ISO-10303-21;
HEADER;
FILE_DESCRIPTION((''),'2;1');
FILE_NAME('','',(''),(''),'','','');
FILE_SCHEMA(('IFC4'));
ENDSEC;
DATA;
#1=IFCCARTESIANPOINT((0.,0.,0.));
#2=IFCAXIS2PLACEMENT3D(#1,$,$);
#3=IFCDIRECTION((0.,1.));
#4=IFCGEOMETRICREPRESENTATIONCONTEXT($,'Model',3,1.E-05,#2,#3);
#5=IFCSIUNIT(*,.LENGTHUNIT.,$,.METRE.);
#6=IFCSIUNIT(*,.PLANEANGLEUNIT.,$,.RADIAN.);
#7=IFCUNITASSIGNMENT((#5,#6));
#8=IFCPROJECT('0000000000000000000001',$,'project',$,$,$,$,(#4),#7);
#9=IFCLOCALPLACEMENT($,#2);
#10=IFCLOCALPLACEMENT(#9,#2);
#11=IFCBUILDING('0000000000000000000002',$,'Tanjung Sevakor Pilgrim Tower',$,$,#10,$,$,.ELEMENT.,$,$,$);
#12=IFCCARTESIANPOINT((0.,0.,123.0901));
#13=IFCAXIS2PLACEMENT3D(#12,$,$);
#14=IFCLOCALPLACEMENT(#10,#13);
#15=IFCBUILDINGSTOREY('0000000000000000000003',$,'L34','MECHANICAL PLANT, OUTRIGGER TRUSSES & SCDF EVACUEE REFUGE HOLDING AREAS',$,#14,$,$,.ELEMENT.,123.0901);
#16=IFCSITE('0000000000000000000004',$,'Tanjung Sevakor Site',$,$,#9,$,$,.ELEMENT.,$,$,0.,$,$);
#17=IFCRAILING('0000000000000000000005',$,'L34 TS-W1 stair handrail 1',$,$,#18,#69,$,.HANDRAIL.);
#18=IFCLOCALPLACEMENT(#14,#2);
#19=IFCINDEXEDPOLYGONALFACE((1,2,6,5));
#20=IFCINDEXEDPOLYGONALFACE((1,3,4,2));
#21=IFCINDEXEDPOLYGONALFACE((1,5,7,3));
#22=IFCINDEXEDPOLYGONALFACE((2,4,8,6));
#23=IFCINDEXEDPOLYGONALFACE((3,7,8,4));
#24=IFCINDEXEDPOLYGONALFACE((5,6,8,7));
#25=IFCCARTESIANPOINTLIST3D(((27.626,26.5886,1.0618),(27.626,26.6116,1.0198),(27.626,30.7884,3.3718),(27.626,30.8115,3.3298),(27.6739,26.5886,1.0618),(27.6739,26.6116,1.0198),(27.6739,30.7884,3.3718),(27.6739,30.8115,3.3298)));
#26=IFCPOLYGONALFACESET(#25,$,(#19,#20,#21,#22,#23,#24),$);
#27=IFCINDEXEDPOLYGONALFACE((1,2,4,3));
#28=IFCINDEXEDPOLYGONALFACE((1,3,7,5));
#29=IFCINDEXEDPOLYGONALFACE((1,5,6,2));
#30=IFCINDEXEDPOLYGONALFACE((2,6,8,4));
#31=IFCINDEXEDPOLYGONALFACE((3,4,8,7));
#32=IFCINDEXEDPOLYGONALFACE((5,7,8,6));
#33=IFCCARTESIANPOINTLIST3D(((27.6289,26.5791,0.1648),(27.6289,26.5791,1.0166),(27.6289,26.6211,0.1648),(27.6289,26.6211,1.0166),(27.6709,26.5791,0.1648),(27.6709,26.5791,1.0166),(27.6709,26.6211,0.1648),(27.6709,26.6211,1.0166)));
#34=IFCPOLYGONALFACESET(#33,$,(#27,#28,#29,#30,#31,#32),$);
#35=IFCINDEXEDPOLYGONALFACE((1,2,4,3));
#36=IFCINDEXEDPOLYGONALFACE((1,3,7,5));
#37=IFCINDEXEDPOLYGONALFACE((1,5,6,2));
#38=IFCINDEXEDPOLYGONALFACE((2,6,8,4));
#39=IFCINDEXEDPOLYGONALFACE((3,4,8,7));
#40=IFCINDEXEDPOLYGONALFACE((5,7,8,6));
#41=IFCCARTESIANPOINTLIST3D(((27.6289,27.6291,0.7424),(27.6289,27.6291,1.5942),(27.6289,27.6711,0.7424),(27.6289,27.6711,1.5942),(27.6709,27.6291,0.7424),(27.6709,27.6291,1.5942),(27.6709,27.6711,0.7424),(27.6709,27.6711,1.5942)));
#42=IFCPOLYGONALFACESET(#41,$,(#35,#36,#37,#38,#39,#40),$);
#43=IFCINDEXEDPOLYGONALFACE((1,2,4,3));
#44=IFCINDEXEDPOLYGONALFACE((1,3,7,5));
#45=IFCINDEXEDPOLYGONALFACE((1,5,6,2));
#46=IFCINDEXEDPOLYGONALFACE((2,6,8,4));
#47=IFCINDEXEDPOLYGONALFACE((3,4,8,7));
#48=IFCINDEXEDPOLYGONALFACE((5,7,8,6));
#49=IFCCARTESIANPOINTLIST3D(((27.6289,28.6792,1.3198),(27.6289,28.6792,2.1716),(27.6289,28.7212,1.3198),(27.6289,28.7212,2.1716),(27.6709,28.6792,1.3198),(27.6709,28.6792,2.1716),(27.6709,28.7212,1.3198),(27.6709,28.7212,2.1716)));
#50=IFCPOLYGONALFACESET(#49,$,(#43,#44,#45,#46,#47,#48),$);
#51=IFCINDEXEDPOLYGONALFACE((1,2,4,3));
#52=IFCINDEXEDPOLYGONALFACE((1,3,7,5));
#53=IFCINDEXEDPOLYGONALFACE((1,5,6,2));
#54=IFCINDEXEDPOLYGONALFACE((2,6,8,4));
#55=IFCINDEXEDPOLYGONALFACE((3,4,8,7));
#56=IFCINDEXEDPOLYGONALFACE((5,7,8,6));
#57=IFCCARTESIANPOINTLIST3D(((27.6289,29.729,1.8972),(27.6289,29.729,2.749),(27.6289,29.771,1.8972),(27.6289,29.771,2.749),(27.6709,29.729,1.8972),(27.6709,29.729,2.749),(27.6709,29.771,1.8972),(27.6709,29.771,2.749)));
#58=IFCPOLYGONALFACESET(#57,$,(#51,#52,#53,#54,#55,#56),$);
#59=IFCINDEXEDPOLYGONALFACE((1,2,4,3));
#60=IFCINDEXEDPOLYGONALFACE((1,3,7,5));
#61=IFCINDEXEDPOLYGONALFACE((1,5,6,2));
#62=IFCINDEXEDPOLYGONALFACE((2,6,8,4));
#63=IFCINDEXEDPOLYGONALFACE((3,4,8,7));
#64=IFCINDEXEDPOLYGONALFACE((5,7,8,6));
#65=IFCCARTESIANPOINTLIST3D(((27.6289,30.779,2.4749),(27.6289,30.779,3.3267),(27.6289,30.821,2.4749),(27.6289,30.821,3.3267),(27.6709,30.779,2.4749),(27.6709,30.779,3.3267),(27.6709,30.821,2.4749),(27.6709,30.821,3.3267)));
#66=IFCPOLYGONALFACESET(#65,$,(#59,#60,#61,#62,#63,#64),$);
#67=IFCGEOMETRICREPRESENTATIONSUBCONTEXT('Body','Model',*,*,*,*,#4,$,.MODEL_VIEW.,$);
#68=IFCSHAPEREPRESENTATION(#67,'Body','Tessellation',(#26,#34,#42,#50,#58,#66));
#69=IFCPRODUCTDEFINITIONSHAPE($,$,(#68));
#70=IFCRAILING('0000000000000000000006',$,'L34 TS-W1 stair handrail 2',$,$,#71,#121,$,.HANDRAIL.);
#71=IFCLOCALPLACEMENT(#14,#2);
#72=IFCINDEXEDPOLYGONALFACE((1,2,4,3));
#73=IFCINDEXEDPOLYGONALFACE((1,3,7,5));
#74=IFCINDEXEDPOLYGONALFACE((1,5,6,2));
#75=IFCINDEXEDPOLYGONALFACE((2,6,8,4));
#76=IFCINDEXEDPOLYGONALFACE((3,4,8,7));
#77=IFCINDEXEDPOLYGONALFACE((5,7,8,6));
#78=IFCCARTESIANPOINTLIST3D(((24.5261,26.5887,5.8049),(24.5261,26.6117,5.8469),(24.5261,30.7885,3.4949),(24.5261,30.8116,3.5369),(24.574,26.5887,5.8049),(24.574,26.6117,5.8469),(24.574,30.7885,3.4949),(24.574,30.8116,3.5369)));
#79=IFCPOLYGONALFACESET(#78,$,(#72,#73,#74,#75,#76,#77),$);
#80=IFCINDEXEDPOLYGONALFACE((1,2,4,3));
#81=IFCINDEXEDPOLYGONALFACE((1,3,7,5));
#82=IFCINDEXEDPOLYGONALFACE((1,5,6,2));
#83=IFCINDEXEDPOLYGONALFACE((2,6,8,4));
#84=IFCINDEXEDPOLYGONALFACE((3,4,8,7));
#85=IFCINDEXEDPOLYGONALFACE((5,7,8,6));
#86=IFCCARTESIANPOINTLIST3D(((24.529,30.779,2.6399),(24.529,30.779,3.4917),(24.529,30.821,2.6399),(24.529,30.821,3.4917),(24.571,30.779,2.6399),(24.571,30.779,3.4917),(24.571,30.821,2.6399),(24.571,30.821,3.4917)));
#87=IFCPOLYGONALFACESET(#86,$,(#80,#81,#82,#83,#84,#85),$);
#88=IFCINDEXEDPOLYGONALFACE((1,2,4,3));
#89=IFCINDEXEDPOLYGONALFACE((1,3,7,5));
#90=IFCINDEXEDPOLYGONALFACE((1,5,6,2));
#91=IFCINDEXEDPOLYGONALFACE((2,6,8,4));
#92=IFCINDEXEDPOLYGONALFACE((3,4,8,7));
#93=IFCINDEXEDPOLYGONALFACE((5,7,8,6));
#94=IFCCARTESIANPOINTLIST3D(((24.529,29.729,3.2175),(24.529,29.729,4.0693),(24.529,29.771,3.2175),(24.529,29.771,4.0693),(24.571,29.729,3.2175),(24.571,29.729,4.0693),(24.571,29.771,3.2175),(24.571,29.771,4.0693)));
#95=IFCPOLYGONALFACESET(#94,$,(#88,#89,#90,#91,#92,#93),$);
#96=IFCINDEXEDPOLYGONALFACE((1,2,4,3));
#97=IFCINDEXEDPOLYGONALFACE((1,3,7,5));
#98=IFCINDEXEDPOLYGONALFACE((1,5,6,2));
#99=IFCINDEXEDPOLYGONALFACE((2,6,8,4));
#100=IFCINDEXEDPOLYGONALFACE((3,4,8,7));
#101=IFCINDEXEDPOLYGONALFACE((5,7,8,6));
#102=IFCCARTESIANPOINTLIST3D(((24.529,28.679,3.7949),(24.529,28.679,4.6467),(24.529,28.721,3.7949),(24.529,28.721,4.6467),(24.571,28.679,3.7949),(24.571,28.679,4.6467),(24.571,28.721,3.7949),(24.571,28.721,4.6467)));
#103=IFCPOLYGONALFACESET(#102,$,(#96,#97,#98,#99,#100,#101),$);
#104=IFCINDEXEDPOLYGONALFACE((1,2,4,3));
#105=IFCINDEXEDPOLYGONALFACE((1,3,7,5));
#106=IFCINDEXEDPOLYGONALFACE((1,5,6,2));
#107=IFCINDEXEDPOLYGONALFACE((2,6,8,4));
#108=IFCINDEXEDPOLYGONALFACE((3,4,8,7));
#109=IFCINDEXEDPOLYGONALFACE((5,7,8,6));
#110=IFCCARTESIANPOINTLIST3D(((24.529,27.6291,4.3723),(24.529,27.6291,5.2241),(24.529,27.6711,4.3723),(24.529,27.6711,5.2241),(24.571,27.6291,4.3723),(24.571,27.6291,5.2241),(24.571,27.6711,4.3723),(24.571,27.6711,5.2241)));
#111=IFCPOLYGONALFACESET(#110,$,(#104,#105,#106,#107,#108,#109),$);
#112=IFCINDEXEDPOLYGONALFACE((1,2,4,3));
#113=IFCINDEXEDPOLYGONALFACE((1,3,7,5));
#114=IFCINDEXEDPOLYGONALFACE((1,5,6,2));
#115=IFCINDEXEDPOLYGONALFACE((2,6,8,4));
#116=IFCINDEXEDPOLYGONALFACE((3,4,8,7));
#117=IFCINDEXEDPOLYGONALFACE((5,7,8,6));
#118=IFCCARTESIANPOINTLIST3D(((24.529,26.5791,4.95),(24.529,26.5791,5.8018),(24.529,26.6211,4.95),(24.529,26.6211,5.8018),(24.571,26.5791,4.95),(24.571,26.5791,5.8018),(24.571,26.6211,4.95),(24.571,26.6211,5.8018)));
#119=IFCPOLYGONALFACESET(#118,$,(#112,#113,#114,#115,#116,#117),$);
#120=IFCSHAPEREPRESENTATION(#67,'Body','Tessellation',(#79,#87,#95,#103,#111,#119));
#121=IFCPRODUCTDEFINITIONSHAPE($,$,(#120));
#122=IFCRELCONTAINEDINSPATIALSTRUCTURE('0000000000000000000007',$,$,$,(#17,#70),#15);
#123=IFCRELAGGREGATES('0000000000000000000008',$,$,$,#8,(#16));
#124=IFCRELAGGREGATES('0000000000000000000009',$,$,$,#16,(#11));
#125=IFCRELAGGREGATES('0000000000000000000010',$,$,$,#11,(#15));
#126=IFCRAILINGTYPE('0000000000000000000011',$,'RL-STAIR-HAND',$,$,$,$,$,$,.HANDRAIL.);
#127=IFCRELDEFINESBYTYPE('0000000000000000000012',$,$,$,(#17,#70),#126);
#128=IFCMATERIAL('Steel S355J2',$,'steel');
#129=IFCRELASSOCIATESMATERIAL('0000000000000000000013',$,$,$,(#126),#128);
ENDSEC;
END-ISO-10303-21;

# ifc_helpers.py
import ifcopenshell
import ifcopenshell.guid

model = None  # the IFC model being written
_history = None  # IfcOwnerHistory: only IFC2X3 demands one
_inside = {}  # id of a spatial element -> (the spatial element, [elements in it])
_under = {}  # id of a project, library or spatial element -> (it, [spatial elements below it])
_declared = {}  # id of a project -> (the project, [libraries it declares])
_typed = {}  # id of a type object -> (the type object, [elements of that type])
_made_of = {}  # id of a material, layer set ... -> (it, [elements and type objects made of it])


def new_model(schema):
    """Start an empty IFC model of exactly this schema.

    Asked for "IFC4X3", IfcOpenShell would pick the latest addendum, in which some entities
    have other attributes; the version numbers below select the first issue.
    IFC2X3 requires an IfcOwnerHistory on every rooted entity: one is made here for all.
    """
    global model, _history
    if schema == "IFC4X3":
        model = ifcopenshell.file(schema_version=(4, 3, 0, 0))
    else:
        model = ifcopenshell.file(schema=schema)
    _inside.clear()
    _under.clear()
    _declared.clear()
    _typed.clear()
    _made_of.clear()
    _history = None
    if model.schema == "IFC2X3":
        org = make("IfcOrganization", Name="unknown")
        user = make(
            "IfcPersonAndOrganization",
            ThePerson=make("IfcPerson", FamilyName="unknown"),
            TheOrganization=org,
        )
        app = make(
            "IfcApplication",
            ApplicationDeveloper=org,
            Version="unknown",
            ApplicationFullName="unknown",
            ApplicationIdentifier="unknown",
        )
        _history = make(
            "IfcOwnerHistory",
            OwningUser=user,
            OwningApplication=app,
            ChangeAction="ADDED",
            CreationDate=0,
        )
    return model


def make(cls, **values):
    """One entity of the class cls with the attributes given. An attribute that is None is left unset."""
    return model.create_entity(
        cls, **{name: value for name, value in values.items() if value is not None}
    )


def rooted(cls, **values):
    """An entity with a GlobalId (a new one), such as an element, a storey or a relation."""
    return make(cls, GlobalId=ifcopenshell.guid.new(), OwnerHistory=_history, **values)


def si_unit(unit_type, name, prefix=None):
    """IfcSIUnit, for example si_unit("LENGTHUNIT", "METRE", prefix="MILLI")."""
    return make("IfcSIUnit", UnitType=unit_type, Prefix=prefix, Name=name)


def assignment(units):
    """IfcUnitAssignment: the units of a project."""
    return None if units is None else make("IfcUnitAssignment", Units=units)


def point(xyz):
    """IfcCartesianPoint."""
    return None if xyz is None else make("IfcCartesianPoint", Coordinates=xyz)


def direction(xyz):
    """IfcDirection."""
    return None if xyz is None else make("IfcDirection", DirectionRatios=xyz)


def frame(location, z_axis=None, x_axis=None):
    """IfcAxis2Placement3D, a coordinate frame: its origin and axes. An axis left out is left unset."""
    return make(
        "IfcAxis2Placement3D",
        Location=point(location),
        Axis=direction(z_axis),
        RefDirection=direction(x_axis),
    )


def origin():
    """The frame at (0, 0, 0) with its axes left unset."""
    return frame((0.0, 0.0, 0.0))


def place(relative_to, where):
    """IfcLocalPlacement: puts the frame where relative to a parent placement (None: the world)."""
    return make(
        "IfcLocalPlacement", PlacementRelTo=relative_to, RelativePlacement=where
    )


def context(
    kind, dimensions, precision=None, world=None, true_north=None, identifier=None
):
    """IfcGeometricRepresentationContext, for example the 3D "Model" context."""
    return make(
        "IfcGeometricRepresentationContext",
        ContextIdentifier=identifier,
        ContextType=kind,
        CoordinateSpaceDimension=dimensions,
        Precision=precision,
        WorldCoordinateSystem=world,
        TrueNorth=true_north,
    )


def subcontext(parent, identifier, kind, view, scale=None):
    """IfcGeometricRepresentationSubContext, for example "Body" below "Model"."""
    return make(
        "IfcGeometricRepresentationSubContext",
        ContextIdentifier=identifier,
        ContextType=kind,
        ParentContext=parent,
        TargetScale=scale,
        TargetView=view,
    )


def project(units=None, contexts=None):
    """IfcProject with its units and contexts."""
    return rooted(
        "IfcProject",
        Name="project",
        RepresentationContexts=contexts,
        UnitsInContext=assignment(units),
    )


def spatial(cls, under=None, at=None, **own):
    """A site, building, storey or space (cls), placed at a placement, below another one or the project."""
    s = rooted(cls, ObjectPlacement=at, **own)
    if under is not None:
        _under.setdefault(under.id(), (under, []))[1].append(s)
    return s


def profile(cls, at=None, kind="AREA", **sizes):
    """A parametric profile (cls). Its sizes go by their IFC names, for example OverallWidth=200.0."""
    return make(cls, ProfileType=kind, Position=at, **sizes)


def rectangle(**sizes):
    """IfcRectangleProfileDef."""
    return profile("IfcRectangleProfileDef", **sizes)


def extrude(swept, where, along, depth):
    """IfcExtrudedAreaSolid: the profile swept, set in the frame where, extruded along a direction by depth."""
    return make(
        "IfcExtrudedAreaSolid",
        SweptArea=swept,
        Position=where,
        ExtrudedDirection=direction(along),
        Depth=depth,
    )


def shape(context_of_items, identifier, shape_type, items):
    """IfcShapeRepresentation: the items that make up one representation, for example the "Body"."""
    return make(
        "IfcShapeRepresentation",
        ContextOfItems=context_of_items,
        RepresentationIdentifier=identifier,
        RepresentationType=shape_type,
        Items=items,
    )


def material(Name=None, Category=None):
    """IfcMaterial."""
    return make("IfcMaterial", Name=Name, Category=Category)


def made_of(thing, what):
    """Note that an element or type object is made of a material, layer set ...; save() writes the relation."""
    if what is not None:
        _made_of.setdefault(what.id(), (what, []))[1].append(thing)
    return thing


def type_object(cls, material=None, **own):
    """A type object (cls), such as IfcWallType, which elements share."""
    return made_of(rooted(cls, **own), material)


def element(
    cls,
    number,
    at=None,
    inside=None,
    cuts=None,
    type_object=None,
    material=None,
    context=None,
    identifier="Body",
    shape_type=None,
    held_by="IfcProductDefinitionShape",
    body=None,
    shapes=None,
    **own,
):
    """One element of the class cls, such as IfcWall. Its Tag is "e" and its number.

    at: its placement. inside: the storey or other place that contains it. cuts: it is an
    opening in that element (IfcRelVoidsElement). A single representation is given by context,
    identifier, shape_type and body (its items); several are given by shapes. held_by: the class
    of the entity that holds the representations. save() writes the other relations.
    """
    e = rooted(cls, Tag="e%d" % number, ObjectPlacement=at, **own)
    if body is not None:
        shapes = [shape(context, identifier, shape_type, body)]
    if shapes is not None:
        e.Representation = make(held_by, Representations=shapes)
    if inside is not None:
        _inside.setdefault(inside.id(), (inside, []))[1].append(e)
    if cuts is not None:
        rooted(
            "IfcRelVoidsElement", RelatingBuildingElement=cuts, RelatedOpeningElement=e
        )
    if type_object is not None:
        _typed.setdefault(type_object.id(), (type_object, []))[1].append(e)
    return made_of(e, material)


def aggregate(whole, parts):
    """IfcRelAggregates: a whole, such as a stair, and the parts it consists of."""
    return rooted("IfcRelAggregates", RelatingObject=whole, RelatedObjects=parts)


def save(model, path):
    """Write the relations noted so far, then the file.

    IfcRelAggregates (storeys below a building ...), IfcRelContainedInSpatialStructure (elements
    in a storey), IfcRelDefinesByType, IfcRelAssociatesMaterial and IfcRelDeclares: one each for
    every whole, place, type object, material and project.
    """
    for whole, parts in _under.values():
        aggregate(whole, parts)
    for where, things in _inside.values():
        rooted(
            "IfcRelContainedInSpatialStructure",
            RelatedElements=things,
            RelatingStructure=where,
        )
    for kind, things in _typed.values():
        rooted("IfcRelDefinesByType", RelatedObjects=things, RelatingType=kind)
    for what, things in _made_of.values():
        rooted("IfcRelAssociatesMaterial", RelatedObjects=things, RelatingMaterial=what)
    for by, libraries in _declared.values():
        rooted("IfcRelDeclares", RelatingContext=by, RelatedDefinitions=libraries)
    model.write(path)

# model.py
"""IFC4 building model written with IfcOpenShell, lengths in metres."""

from ifc_helpers import new_model, si_unit, direction, frame, origin, place, context, subcontext, project, spatial, rectangle, extrude, material, type_object, element, save


model = new_model("IFC4")

# Units and contexts
model_context = context("Model", 3, precision=1e-05, world=origin(), true_north=direction((0.0, 1.0)))
body_context = subcontext(model_context, "Body", "Model", "MODEL_VIEW")
ifc_project = project(units=[si_unit("LENGTHUNIT", "METRE"), si_unit("PLANEANGLEUNIT", "RADIAN")], contexts=[model_context])

# Site, building, storey
site_placement = place(None, origin())
site = spatial("IfcSite", under=ifc_project, at=site_placement, Name="Tanjung Sevakor Site", CompositionType="ELEMENT", RefElevation=0.0)
building_placement = place(site_placement, origin())
building = spatial("IfcBuilding", under=site, at=building_placement, Name="Tanjung Sevakor Pilgrim Tower", CompositionType="ELEMENT")
storey_placement = place(building_placement, frame((0.0, 0.0, 123.0901)))
storey = spatial("IfcBuildingStorey", under=building, at=storey_placement, Name="L34", Description="MECHANICAL PLANT, OUTRIGGER TRUSSES & SCDF EVACUEE REFUGE HOLDING AREAS", CompositionType="ELEMENT", Elevation=123.0901)

# Railings
ifc_material_1 = material(Name="Steel S355J2", Category="steel")
railing_type_1 = type_object("IfcRailingType", Name="RL-STAIR-HAND", PredefinedType="HANDRAIL", material=ifc_material_1)
railing_1_placement = place(storey_placement, frame((27.6499, 26.6001, 0.1648)))
element("IfcRailing", 1, at=railing_1_placement, inside=storey, type_object=railing_type_1, Name="L34 TS-W1 stair handrail 1", PredefinedType="HANDRAIL", context=body_context, shape_type="SweptSolid", body=[
    extrude(rectangle(XDim=0.0479, YDim=0.0479), frame((0.0, 0.0, 0.876), z_axis=(0.0, 0.876208, 0.481932), x_axis=(-1.0, 0.0, 0.0)), (0.0, 0.0, 1.0), 4.7932),
    extrude(rectangle(XDim=0.042, YDim=0.042), origin(), (0.0, 0.0, 1.0), 0.8518),
    extrude(rectangle(XDim=0.042, YDim=0.042), frame((0.0, 1.05, 0.5776)), (0.0, 0.0, 1.0), 0.8518),
    extrude(rectangle(XDim=0.042, YDim=0.042), frame((0.0, 2.1001, 1.155)), (0.0, 0.0, 1.0), 0.8518),
    extrude(rectangle(XDim=0.042, YDim=0.042), frame((0.0, 3.1499, 1.7324)), (0.0, 0.0, 1.0), 0.8518),
    extrude(rectangle(XDim=0.042, YDim=0.042), frame((0.0, 4.2, 2.3101)), (0.0, 0.0, 1.0), 0.8518),
])
railing_2_placement = place(storey_placement, frame((24.55, 30.8, 2.6399)))
element("IfcRailing", 2, at=railing_2_placement, inside=storey, type_object=railing_type_1, Name="L34 TS-W1 stair handrail 2", PredefinedType="HANDRAIL", context=body_context, shape_type="SweptSolid", body=[
    extrude(rectangle(XDim=0.0479, YDim=0.0479), frame((0.0, 0.0, 0.876), z_axis=(0.0, -0.876208, 0.481932), x_axis=(1.0, 0.0, 0.0)), (0.0, 0.0, 1.0), 4.7932),
    extrude(rectangle(XDim=0.042, YDim=0.042), origin(), (0.0, 0.0, 1.0), 0.8518),
    extrude(rectangle(XDim=0.042, YDim=0.042), frame((0.0, -1.05, 0.5776)), (0.0, 0.0, 1.0), 0.8518),
    extrude(rectangle(XDim=0.042, YDim=0.042), frame((0.0, -2.1001, 1.155)), (0.0, 0.0, 1.0), 0.8518),
    extrude(rectangle(XDim=0.042, YDim=0.042), frame((0.0, -3.1499, 1.7324)), (0.0, 0.0, 1.0), 0.8518),
    extrude(rectangle(XDim=0.042, YDim=0.042), frame((0.0, -4.2, 2.3101)), (0.0, 0.0, 1.0), 0.8518),
])

save(model, "model.ifc")
